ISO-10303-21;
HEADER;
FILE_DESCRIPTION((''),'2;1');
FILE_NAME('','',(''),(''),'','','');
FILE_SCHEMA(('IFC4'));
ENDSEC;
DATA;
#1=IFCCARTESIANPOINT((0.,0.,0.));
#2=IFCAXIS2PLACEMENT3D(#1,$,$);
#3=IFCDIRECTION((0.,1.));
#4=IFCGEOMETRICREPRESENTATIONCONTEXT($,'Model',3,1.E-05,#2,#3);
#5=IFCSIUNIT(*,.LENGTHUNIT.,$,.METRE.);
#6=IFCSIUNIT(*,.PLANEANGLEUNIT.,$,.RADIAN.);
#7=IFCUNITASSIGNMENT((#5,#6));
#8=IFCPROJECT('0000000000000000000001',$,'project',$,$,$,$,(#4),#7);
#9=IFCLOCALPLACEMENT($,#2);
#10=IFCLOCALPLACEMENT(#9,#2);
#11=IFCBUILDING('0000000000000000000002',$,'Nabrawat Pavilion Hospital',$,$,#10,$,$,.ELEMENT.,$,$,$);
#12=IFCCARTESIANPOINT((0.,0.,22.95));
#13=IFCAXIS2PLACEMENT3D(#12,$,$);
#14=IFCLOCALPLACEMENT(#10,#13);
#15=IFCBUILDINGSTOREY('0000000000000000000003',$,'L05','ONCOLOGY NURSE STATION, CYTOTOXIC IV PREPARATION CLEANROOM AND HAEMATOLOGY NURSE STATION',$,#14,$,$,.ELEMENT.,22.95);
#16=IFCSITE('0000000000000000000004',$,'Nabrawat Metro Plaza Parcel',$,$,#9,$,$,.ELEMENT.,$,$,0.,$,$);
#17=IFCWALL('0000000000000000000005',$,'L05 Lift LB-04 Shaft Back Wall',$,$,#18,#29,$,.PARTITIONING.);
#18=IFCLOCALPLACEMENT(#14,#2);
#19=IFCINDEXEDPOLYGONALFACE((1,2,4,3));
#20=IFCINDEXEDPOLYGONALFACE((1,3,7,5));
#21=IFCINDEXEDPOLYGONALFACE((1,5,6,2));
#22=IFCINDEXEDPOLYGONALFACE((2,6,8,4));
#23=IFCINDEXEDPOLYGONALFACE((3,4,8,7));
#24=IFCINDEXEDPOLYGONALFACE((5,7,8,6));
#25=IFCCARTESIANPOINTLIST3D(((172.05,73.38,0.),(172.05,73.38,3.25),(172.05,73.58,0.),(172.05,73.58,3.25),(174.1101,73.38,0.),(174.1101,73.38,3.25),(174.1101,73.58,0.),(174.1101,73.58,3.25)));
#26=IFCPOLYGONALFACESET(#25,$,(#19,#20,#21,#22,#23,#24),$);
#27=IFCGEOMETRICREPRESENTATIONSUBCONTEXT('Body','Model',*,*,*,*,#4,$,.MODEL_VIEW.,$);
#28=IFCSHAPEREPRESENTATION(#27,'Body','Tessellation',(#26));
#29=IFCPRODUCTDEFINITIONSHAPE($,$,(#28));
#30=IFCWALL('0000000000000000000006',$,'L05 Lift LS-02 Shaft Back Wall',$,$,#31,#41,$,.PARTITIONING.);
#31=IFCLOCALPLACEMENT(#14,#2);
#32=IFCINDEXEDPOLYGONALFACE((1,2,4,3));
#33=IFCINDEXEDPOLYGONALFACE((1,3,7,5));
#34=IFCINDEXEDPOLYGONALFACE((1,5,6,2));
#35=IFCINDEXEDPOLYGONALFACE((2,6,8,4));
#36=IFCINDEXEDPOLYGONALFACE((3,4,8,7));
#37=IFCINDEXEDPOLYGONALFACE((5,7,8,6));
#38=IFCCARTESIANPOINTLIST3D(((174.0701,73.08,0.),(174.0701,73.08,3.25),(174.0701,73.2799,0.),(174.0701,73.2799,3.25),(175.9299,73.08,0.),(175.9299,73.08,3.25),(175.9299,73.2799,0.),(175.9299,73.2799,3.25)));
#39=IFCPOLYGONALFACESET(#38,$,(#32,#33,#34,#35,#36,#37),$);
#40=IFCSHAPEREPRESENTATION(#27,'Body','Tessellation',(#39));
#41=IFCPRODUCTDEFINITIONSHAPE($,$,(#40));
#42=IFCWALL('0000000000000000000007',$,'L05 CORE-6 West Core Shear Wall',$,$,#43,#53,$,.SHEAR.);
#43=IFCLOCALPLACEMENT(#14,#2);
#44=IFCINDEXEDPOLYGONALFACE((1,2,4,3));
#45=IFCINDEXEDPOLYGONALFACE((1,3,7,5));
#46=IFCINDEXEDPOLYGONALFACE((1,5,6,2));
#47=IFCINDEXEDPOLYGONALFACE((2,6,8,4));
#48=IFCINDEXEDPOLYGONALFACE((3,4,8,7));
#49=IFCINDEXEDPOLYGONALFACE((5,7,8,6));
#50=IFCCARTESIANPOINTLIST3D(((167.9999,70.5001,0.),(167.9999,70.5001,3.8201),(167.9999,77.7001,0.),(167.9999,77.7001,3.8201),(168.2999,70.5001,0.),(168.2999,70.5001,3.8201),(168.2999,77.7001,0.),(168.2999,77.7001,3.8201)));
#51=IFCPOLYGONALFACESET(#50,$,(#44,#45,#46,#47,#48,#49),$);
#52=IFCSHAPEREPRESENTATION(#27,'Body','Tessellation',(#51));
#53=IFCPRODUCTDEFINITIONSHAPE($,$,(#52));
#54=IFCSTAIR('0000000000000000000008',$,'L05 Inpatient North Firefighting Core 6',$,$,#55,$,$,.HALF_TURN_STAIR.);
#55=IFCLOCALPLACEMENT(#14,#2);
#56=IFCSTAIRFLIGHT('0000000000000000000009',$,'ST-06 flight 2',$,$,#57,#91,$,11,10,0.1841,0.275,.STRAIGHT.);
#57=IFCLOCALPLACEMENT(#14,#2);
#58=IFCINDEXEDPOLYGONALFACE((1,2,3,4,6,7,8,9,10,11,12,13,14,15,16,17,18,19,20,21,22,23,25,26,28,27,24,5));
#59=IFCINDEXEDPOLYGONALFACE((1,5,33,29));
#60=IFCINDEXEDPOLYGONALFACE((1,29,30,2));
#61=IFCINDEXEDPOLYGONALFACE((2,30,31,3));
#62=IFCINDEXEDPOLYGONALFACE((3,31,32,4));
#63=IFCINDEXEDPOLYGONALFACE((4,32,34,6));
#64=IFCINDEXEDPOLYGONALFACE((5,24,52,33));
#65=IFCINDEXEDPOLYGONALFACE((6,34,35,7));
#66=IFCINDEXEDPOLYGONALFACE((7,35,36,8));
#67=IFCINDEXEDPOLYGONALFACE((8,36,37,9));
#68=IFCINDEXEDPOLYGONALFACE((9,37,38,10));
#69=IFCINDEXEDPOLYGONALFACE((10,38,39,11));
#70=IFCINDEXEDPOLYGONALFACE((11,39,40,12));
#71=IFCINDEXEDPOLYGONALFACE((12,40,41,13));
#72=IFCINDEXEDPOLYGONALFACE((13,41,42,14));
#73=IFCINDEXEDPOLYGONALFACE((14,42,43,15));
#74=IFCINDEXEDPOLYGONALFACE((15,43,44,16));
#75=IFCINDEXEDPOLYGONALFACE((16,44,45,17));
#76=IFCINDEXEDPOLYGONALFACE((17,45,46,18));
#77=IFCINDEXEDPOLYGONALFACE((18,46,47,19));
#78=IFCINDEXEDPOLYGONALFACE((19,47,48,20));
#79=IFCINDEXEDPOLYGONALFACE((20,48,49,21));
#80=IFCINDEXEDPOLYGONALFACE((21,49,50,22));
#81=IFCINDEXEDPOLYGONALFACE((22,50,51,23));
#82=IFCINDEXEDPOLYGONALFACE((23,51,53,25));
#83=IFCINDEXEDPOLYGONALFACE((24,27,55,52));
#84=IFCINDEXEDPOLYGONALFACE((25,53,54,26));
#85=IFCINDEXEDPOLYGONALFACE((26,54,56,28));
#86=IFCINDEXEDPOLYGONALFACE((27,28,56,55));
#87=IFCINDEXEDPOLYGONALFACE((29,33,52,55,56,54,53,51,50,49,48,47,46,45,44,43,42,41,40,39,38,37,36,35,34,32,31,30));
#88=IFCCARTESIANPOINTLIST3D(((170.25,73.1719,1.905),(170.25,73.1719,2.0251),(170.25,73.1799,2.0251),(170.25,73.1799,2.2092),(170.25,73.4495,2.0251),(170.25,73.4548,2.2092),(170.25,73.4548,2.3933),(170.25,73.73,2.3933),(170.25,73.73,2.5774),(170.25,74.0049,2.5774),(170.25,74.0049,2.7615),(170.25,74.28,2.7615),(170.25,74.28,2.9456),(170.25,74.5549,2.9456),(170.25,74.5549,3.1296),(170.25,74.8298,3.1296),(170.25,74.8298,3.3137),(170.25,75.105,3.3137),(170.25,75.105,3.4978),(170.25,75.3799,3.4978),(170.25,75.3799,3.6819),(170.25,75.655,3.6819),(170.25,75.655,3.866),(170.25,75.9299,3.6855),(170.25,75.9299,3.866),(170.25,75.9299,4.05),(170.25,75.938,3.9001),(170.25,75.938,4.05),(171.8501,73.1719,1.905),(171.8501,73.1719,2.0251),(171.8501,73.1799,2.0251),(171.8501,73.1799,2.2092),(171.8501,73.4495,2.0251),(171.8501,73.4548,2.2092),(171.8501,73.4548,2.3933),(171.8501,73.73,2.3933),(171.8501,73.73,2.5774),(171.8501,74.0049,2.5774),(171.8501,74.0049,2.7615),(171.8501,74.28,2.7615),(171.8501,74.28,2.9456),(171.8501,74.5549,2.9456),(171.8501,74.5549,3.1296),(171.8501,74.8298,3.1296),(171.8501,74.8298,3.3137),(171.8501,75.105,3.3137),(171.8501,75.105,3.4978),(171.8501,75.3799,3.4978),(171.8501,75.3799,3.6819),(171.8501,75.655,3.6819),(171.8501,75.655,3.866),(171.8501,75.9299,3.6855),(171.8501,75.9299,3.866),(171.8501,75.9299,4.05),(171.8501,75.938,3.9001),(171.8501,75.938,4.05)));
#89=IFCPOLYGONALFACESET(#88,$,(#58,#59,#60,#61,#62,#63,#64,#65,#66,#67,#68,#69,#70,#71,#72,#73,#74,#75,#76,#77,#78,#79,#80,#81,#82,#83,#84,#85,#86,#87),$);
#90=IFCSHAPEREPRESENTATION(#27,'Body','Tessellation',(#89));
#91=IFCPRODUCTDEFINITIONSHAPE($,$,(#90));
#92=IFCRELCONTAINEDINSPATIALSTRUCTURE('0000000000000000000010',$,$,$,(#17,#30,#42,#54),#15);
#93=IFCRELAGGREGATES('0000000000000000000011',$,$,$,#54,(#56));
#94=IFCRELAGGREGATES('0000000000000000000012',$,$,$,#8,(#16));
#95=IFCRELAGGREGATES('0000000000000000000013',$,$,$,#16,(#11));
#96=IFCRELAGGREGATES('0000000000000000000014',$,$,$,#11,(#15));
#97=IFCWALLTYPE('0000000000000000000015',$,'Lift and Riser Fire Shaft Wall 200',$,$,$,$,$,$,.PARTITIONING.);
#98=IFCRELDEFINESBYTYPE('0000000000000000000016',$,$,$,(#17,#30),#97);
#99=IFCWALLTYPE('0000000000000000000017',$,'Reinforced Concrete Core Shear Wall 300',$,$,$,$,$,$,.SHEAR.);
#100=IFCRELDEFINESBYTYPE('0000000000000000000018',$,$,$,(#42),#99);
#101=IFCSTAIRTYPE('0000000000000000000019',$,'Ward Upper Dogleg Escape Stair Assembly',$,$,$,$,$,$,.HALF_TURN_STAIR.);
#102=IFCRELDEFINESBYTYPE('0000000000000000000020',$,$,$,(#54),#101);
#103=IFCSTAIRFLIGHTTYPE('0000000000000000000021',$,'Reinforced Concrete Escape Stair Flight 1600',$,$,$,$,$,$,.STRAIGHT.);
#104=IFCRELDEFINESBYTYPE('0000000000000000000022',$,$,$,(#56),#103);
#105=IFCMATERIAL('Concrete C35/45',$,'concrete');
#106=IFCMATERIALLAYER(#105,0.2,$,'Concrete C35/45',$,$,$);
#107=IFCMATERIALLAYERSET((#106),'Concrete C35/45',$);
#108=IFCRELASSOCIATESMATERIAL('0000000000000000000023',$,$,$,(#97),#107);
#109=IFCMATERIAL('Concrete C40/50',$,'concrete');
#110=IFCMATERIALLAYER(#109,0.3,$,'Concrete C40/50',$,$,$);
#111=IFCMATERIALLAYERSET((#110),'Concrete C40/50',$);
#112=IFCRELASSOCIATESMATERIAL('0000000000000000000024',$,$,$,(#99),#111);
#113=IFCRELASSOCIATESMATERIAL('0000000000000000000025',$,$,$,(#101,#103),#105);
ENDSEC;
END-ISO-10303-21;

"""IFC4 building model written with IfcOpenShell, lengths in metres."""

from ifc_helpers import new_model, si_unit, direction, frame, frame_2d, origin, place, context, subcontext, project, spatial, polyline, rectangle, outline, extrude, material, layer, layer_set, type_object, element, aggregate, save


model = new_model("IFC4")

# Units and contexts
model_context = context("Model", 3, precision=1e-05, world=origin(), true_north=direction((0.0, 1.0)))
body_context = subcontext(model_context, "Body", "Model", "MODEL_VIEW")
ifc_project = project(units=[si_unit("LENGTHUNIT", "METRE"), si_unit("PLANEANGLEUNIT", "RADIAN")], contexts=[model_context])

# Site, building, storey
site_placement = place(None, origin())
site = spatial("IfcSite", under=ifc_project, at=site_placement, Name="Nabrawat Metro Plaza Parcel", CompositionType="ELEMENT", RefElevation=0.0)
building_placement = place(site_placement, origin())
building = spatial("IfcBuilding", under=site, at=building_placement, Name="Nabrawat Pavilion Hospital", CompositionType="ELEMENT")
storey_placement = place(building_placement, frame((0.0, 0.0, 22.95)))
storey = spatial("IfcBuildingStorey", under=building, at=storey_placement, Name="L05", Description="ONCOLOGY NURSE STATION, CYTOTOXIC IV PREPARATION CLEANROOM AND HAEMATOLOGY NURSE STATION", CompositionType="ELEMENT", Elevation=22.95)

# Walls
ifc_material_1 = material(Name="Concrete C35/45", Category="concrete")
ifc_layer_1 = layer(ifc_material_1, 0.2, Name="Concrete C35/45")
ifc_layer_set_1 = layer_set([ifc_layer_1], Name="Concrete C35/45")
wall_type_1 = type_object("IfcWallType", Name="Lift and Riser Fire Shaft Wall 200", PredefinedType="PARTITIONING", material=ifc_layer_set_1)
wall_1_placement = place(storey_placement, frame((172.05, 73.48, 0.0), z_axis=(0.0, 0.0, 1.0), x_axis=(1.0, 0.0, 0.0)))
element("IfcWall", 1, at=wall_1_placement, inside=storey, type_object=wall_type_1, Name="L05 Lift LB-04 Shaft Back Wall", PredefinedType="PARTITIONING", context=body_context, shape_type="SweptSolid", body=[
    extrude(rectangle(XDim=2.0601, YDim=0.2, at=frame_2d((1.03, 0.0))), origin(), (0.0, 0.0, 1.0), 3.25),
])
wall_2_placement = place(storey_placement, frame((174.0701, 73.1799, 0.0), z_axis=(0.0, 0.0, 1.0), x_axis=(1.0, 0.0, 0.0)))
element("IfcWall", 2, at=wall_2_placement, inside=storey, type_object=wall_type_1, Name="L05 Lift LS-02 Shaft Back Wall", PredefinedType="PARTITIONING", context=body_context, shape_type="SweptSolid", body=[
    extrude(rectangle(XDim=1.8599, YDim=0.2, at=frame_2d((0.9299, 0.0))), origin(), (0.0, 0.0, 1.0), 3.25),
])

# Shared definitions
ifc_material_2 = material(Name="Concrete C40/50", Category="concrete")
ifc_layer_2 = layer(ifc_material_2, 0.3, Name="Concrete C40/50")
ifc_layer_set_2 = layer_set([ifc_layer_2], Name="Concrete C40/50")
wall_type_2 = type_object("IfcWallType", Name="Reinforced Concrete Core Shear Wall 300", PredefinedType="SHEAR", material=ifc_layer_set_2)

# Wall
wall_3_placement = place(storey_placement, frame((168.1499, 70.5, 0.0), z_axis=(0.0, 0.0, 1.0), x_axis=(0.0, 1.0, 0.0)))
element("IfcWall", 3, at=wall_3_placement, inside=storey, type_object=wall_type_2, Name="L05 CORE-6 West Core Shear Wall", PredefinedType="SHEAR", context=body_context, shape_type="SweptSolid", body=[
    extrude(rectangle(XDim=7.2, YDim=0.3, at=frame_2d((3.6001, 0.0))), origin(), (0.0, 0.0, 1.0), 3.8201),
])

# Stair, stair flight
stair_type = type_object("IfcStairType", Name="Ward Upper Dogleg Escape Stair Assembly", PredefinedType="HALF_TURN_STAIR", material=ifc_material_1)
stair_placement = place(storey_placement, origin())
stair = element("IfcStair", 4, at=stair_placement, inside=storey, type_object=stair_type, Name="L05 Inpatient North Firefighting Core 6", PredefinedType="HALF_TURN_STAIR")
stair_flight_type = type_object("IfcStairFlightType", Name="Reinforced Concrete Escape Stair Flight 1600", PredefinedType="STRAIGHT", material=ifc_material_1)
stair_flight_placement = place(storey_placement, frame((171.05, 73.1799, 2.0251), z_axis=(0.0, 0.0, 1.0), x_axis=(0.0, 1.0, 0.0)))
stair_flight = element("IfcStairFlight", 5, at=stair_flight_placement, type_object=stair_flight_type, Name="ST-06 flight 2", NumberOfRisers=11, NumberOfTreads=10, PredefinedType="STRAIGHT", RiserHeight=0.1841, TreadLength=0.275, context=body_context, shape_type="SweptSolid", body=[
    extrude(outline(polyline([(-0.0081, 0.0), (0.0, 0.0), (0.0, 0.1841), (0.2749, 0.1841), (0.2749, 0.3682), (0.55, 0.3682), (0.55, 0.5522), (0.825, 0.5522), (0.825, 0.7363), (1.1001, 0.7363), (1.1001, 0.9204), (1.375, 0.9204), (1.375, 1.1045), (1.6499, 1.1045), (1.6499, 1.2886), (1.925, 1.2886), (1.925, 1.4727), (2.2, 1.4727), (2.2, 1.6567), (2.4751, 1.6567), (2.4751, 1.8408), (2.75, 1.8408), (2.75, 2.0249), (2.7581, 2.0249), (2.7581, 1.875), (2.75, 1.6604), (0.2695, 0.0), (-0.0081, -0.1201), (-0.0081, 0.0)])), frame((0.0, 0.8, 0.0), z_axis=(0.0, -1.0, 0.0), x_axis=(1.0, 0.0, 0.0)), (0.0, 0.0, 1.0), 1.6001),
])
aggregate(stair, [stair_flight])

save(model, "model.ifc")
